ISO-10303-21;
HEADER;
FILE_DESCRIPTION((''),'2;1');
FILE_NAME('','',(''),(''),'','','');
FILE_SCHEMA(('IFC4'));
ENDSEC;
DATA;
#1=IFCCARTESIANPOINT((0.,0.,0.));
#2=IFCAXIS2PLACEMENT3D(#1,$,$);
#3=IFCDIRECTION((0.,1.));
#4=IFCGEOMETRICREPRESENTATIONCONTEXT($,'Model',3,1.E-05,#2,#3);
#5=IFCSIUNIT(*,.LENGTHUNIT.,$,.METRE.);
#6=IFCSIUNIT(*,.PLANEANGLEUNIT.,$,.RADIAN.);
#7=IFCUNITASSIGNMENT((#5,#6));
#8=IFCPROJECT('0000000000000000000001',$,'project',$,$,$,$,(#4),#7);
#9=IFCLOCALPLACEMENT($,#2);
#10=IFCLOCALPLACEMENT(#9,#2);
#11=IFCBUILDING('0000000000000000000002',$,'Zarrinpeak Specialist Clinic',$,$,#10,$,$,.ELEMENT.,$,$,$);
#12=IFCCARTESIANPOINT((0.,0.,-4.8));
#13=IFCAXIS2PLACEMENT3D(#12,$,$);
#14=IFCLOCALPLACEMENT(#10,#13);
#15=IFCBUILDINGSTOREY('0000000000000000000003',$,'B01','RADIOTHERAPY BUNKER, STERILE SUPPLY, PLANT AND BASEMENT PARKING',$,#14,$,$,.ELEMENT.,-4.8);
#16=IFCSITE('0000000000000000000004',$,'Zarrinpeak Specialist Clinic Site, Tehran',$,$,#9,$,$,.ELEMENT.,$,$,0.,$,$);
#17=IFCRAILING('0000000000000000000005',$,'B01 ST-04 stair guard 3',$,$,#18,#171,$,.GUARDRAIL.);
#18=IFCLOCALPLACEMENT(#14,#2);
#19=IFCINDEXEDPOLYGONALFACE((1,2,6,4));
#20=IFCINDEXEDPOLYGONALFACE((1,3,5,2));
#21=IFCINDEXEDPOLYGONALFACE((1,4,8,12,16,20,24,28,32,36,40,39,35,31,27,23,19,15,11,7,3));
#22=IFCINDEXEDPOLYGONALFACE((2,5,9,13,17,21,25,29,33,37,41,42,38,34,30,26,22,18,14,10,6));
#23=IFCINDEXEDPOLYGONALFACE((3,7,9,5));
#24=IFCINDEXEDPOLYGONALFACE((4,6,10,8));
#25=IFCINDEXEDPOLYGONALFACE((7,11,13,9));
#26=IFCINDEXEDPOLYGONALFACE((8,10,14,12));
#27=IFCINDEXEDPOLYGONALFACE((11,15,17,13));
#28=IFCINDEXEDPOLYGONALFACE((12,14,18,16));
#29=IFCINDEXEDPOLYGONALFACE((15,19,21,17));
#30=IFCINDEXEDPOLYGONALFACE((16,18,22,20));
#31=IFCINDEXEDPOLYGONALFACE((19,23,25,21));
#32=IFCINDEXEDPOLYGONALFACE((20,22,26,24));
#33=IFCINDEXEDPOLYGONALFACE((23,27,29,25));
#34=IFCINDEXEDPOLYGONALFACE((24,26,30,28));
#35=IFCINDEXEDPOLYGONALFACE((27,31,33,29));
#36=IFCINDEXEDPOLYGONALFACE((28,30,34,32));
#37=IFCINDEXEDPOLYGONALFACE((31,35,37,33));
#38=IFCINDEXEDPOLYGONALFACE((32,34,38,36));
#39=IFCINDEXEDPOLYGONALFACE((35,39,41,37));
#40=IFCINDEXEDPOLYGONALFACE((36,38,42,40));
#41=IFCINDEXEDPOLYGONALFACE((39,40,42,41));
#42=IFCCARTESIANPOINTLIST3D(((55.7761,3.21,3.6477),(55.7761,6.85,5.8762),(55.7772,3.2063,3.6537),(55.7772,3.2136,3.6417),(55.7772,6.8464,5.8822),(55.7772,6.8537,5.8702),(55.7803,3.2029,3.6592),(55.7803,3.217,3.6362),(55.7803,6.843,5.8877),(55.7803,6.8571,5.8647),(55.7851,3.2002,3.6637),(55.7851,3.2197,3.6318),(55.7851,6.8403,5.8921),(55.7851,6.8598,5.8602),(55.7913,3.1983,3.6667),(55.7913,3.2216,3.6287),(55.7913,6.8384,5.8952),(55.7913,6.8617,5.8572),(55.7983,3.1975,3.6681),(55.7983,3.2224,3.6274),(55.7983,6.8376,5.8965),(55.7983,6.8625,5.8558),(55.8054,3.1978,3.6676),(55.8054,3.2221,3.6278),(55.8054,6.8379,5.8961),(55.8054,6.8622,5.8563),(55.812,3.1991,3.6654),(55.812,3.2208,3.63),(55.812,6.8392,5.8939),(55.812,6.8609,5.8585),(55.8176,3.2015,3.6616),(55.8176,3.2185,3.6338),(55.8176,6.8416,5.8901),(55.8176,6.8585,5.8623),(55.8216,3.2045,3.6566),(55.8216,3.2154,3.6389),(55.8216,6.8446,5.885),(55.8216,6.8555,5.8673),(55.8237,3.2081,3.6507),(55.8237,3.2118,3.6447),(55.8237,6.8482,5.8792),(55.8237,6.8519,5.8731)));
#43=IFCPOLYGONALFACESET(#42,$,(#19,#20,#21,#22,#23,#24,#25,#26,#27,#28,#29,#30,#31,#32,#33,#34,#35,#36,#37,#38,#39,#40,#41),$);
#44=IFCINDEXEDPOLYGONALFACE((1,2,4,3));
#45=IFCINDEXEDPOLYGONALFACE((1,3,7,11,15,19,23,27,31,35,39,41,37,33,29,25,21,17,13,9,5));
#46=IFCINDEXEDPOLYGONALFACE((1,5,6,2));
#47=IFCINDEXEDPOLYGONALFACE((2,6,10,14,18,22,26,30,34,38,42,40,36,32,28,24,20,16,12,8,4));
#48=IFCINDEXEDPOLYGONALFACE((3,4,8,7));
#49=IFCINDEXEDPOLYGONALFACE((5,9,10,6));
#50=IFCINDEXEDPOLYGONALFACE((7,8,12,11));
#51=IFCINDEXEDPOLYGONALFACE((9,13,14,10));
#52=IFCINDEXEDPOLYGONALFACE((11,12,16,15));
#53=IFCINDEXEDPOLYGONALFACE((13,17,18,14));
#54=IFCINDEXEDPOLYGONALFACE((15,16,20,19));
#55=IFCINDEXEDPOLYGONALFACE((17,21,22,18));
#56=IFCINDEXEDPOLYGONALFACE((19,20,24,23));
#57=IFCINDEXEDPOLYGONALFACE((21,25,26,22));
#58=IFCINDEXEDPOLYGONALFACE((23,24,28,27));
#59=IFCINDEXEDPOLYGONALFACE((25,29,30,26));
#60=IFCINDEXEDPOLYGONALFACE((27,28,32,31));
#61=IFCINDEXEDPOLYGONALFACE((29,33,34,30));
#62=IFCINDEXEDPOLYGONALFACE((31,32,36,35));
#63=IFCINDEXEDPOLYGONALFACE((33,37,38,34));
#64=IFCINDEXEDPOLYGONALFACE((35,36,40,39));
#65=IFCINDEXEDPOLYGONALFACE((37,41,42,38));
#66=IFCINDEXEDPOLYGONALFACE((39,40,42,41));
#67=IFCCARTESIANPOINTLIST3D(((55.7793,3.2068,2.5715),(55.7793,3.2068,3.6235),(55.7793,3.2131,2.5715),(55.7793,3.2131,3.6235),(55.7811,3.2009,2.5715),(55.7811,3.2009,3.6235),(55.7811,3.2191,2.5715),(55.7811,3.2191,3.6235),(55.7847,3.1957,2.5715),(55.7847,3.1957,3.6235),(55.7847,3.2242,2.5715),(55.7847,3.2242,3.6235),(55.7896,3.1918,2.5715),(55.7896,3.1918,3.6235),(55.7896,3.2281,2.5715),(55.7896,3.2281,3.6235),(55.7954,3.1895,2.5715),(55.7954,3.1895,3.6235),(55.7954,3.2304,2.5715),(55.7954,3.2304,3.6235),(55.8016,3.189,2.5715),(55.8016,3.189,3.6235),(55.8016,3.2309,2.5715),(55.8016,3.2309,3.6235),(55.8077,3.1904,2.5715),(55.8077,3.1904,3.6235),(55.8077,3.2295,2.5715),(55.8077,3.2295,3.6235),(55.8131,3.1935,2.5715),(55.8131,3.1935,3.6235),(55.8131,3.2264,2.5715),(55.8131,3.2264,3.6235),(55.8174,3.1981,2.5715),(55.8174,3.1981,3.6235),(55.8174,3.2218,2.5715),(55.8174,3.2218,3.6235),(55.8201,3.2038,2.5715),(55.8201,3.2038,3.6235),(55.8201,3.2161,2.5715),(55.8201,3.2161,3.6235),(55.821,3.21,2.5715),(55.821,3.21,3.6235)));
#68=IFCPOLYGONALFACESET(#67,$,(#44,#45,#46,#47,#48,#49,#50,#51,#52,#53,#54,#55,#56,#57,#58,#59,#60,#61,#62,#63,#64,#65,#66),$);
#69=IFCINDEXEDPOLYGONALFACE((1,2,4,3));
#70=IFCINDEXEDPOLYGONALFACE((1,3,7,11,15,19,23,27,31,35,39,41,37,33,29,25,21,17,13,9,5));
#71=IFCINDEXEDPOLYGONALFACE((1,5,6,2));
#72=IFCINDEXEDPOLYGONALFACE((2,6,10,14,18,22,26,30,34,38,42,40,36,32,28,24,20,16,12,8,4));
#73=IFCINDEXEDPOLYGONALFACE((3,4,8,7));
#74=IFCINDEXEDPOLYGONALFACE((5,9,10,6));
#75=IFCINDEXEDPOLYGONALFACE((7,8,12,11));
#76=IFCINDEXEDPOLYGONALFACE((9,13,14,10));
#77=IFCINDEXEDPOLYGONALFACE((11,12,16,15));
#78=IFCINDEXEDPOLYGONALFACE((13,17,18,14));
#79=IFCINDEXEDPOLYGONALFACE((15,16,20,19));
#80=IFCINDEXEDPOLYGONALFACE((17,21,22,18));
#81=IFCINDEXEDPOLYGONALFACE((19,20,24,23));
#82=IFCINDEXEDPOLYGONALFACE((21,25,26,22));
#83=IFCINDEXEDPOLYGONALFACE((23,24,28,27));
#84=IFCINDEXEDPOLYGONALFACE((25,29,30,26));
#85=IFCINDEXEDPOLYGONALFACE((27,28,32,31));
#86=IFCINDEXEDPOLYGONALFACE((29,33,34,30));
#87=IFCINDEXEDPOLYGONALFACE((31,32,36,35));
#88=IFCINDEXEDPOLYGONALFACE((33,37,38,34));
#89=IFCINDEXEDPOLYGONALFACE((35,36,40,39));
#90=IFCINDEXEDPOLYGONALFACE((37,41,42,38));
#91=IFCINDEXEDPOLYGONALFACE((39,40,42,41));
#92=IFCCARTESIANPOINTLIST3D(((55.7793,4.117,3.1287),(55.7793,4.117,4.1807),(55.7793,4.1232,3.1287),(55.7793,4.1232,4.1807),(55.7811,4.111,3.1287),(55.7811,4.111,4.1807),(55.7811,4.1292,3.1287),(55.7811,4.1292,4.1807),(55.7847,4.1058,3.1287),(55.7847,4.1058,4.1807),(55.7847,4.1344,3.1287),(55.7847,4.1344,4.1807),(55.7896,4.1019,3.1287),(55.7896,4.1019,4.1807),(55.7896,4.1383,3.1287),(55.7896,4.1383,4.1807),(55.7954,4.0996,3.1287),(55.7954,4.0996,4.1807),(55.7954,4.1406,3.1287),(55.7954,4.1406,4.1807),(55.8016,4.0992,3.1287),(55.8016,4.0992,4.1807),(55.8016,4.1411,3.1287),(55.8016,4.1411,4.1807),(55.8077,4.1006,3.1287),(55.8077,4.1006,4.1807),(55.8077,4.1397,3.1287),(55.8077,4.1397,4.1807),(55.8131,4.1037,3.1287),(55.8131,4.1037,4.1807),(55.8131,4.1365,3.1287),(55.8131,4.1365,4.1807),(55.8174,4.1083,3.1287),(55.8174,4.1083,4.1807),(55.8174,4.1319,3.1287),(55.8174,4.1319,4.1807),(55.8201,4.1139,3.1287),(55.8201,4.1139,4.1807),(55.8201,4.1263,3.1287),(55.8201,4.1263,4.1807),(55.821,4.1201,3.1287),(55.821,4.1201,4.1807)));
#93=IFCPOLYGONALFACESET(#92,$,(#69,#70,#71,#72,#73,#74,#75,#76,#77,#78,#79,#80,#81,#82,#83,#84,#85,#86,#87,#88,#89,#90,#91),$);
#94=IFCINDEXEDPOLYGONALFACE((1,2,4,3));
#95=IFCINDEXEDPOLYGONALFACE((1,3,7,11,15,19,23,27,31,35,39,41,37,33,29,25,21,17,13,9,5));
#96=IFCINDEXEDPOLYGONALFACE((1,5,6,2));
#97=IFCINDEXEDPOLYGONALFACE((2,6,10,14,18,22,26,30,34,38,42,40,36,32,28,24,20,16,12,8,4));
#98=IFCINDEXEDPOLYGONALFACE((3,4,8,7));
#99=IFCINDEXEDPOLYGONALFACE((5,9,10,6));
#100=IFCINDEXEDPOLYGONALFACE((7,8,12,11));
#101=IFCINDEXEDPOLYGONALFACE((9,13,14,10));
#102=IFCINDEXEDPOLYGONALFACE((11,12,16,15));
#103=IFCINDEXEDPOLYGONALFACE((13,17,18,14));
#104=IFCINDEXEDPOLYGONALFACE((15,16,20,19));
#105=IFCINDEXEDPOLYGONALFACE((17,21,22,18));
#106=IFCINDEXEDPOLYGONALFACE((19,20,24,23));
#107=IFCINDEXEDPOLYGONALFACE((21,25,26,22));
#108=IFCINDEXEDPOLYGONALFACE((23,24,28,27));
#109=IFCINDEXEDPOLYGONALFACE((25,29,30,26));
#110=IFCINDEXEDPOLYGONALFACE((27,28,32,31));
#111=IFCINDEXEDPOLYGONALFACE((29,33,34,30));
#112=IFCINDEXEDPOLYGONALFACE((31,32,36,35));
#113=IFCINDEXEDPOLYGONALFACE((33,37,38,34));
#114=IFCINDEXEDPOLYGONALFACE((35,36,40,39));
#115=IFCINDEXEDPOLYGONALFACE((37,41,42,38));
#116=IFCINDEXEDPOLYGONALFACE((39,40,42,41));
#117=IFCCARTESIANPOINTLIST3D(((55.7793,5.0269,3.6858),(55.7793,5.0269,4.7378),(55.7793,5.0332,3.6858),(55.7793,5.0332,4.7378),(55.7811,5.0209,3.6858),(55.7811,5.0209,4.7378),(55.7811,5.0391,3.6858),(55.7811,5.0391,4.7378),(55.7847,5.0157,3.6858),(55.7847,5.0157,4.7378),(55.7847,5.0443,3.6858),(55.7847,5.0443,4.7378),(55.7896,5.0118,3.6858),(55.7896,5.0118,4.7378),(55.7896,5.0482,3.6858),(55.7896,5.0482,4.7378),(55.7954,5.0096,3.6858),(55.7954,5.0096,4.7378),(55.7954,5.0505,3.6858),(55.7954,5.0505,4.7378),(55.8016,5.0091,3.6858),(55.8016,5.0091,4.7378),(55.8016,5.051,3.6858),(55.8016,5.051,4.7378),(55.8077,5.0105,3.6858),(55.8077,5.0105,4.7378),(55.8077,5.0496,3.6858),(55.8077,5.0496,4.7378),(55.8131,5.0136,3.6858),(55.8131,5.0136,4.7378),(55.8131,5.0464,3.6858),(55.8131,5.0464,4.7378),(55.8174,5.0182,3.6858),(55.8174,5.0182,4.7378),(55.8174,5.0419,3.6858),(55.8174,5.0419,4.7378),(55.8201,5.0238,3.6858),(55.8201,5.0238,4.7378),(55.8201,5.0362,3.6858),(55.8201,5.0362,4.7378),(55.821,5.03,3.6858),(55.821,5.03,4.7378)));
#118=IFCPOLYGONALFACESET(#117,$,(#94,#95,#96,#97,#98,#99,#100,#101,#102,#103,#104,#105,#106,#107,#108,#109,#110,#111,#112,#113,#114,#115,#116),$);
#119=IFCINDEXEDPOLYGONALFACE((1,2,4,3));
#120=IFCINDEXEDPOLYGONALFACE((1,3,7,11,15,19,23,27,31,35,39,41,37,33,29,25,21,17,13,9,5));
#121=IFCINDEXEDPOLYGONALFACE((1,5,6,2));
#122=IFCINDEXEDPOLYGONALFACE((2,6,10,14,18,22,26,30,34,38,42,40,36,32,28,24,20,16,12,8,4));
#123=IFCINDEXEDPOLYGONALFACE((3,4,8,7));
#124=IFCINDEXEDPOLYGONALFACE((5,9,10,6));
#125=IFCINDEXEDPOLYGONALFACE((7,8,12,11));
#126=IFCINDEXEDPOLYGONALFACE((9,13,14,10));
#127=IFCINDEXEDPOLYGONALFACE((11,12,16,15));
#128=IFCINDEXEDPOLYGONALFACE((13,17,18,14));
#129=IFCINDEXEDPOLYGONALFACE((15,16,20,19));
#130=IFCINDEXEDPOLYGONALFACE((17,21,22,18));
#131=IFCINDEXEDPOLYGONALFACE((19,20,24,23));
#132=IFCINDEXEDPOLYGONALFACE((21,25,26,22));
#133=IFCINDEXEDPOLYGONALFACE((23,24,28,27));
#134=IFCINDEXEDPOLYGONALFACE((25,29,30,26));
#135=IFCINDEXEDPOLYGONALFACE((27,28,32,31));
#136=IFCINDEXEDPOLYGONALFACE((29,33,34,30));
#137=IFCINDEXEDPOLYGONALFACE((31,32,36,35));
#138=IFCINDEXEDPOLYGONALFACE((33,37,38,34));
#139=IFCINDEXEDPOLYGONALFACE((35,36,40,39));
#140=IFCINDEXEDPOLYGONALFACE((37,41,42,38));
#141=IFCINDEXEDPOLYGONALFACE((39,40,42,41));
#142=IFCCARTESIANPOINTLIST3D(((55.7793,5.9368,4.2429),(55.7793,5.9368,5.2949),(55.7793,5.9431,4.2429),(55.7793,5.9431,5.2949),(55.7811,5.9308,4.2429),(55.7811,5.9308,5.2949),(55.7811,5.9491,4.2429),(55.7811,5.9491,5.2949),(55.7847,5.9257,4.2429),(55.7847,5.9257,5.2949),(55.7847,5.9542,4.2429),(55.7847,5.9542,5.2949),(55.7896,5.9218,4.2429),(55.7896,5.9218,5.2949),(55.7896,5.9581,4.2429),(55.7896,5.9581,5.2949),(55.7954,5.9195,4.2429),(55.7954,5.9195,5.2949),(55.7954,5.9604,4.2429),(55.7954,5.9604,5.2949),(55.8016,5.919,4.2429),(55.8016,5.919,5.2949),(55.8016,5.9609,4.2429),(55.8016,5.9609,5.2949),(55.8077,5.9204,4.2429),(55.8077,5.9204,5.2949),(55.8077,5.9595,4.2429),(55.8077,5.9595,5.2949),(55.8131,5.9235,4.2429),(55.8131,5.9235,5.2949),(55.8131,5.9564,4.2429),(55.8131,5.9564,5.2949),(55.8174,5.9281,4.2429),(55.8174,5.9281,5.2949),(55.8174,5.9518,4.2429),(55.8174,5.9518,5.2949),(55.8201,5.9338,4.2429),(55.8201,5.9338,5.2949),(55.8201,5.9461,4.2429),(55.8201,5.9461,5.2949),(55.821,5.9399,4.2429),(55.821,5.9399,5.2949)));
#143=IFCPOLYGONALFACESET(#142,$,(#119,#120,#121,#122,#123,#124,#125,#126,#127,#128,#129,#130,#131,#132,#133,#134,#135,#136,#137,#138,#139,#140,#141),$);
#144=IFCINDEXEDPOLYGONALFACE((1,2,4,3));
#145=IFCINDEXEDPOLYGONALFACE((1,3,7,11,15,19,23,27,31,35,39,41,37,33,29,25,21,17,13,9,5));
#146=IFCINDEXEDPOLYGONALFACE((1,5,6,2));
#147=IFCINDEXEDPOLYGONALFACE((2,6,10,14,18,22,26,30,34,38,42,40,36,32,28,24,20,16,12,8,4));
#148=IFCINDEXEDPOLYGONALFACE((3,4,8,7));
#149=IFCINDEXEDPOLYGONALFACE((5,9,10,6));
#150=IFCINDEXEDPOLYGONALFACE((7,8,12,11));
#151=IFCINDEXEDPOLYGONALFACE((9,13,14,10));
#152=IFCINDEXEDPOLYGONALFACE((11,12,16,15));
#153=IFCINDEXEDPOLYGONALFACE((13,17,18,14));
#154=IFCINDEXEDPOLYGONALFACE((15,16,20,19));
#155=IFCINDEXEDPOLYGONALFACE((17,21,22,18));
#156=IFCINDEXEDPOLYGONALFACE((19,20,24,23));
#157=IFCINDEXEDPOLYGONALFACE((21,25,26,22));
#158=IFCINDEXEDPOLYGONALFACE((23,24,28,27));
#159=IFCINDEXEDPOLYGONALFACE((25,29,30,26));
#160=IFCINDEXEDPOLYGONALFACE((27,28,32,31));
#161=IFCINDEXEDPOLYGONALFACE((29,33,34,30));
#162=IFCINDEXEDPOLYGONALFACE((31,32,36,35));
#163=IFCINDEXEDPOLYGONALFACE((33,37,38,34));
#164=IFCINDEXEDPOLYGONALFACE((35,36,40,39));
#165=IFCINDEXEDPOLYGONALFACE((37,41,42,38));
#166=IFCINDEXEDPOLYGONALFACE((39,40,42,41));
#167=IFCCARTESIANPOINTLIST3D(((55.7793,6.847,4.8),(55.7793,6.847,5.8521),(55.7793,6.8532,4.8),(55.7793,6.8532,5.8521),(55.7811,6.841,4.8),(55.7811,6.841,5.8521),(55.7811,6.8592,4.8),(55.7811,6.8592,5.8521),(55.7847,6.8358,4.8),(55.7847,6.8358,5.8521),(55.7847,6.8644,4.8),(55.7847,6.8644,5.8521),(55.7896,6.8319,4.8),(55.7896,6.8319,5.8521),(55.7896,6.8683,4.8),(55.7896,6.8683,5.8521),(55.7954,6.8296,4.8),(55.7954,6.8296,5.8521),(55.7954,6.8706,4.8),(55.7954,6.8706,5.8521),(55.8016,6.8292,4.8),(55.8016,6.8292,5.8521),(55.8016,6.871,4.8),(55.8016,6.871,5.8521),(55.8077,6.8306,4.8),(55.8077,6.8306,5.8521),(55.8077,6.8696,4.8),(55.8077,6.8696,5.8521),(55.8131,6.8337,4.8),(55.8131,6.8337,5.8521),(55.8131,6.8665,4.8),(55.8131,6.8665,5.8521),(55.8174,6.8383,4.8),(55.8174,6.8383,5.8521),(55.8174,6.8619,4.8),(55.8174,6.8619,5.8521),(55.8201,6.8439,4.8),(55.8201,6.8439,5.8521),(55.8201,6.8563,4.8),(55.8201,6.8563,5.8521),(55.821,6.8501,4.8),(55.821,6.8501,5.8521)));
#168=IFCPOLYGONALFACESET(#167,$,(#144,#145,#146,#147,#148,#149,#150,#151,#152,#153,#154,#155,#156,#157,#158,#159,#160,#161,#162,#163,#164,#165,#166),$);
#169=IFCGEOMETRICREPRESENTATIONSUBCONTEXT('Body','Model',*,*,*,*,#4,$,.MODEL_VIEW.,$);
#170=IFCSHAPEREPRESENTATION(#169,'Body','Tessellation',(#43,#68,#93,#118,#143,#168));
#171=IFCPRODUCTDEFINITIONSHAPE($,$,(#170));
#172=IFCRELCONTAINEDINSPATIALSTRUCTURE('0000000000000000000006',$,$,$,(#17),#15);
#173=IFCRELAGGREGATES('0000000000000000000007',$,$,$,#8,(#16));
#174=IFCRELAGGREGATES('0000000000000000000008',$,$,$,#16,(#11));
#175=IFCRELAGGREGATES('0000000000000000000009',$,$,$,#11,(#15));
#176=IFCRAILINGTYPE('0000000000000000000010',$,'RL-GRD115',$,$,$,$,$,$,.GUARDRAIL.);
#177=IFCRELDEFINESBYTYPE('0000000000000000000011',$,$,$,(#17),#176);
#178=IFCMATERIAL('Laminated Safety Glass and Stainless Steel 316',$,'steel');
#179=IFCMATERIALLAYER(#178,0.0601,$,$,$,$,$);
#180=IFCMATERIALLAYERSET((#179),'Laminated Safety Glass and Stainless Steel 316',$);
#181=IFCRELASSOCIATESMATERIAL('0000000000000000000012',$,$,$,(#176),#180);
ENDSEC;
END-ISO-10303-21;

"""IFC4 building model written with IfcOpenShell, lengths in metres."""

from ifc_helpers import new_model, si_unit, direction, frame, origin, origin_2d, place, context, subcontext, project, spatial, circle, extrude, material, layer, layer_set, type_object, element, save


model = new_model("IFC4")

# Units and contexts
model_context = context("Model", 3, precision=1e-05, world=origin(), true_north=direction((0.0, 1.0)))
body_context = subcontext(model_context, "Body", "Model", "MODEL_VIEW")
ifc_project = project(units=[si_unit("LENGTHUNIT", "METRE"), si_unit("PLANEANGLEUNIT", "RADIAN")], contexts=[model_context])

# Site, building, storey
site_placement = place(None, origin())
site = spatial("IfcSite", under=ifc_project, at=site_placement, Name="Zarrinpeak Specialist Clinic Site, Tehran", CompositionType="ELEMENT", RefElevation=0.0)
building_placement = place(site_placement, origin())
building = spatial("IfcBuilding", under=site, at=building_placement, Name="Zarrinpeak Specialist Clinic", CompositionType="ELEMENT")
storey_placement = place(building_placement, frame((0.0, 0.0, -4.8)))
storey = spatial("IfcBuildingStorey", under=building, at=storey_placement, Name="B01", Description="RADIOTHERAPY BUNKER, STERILE SUPPLY, PLANT AND BASEMENT PARKING", CompositionType="ELEMENT", Elevation=-4.8)

# Railing
ifc_material_1 = material(Name="Laminated Safety Glass and Stainless Steel 316", Category="steel")
ifc_layer_1 = layer(ifc_material_1, 0.0601)
ifc_layer_set_1 = layer_set([ifc_layer_1], Name="Laminated Safety Glass and Stainless Steel 316")
railing_type_1 = type_object("IfcRailingType", Name="RL-GRD115", PredefinedType="GUARDRAIL", material=ifc_layer_set_1)
railing_1_placement = place(storey_placement, frame((55.8, 3.21, 2.5715)))
element("IfcRailing", 1, at=railing_1_placement, inside=storey, type_object=railing_type_1, Name="B01 ST-04 stair guard 3", PredefinedType="GUARDRAIL", context=body_context, shape_type="SweptSolid", body=[
    extrude(circle(Radius=0.0239, at=origin_2d()), frame((0.0, 0.0, 1.0762), z_axis=(0.0, 0.852866, 0.52213), x_axis=(-1.0, 0.0, 0.0)), (0.0, 0.0, 1.0), 4.2681),
    extrude(circle(Radius=0.021, at=origin_2d()), origin(), (0.0, 0.0, 1.0), 1.052),
    extrude(circle(Radius=0.021, at=origin_2d()), frame((0.0, 0.9102, 0.5571)), (0.0, 0.0, 1.0), 1.052),
    extrude(circle(Radius=0.021, at=origin_2d()), frame((0.0, 1.8201, 1.1143)), (0.0, 0.0, 1.0), 1.052),
    extrude(circle(Radius=0.021, at=origin_2d()), frame((0.0, 2.73, 1.6714)), (0.0, 0.0, 1.0), 1.052),
    extrude(circle(Radius=0.021, at=origin_2d()), frame((0.0, 3.6401, 2.2285)), (0.0, 0.0, 1.0), 1.052),
])

save(model, "model.ifc")
